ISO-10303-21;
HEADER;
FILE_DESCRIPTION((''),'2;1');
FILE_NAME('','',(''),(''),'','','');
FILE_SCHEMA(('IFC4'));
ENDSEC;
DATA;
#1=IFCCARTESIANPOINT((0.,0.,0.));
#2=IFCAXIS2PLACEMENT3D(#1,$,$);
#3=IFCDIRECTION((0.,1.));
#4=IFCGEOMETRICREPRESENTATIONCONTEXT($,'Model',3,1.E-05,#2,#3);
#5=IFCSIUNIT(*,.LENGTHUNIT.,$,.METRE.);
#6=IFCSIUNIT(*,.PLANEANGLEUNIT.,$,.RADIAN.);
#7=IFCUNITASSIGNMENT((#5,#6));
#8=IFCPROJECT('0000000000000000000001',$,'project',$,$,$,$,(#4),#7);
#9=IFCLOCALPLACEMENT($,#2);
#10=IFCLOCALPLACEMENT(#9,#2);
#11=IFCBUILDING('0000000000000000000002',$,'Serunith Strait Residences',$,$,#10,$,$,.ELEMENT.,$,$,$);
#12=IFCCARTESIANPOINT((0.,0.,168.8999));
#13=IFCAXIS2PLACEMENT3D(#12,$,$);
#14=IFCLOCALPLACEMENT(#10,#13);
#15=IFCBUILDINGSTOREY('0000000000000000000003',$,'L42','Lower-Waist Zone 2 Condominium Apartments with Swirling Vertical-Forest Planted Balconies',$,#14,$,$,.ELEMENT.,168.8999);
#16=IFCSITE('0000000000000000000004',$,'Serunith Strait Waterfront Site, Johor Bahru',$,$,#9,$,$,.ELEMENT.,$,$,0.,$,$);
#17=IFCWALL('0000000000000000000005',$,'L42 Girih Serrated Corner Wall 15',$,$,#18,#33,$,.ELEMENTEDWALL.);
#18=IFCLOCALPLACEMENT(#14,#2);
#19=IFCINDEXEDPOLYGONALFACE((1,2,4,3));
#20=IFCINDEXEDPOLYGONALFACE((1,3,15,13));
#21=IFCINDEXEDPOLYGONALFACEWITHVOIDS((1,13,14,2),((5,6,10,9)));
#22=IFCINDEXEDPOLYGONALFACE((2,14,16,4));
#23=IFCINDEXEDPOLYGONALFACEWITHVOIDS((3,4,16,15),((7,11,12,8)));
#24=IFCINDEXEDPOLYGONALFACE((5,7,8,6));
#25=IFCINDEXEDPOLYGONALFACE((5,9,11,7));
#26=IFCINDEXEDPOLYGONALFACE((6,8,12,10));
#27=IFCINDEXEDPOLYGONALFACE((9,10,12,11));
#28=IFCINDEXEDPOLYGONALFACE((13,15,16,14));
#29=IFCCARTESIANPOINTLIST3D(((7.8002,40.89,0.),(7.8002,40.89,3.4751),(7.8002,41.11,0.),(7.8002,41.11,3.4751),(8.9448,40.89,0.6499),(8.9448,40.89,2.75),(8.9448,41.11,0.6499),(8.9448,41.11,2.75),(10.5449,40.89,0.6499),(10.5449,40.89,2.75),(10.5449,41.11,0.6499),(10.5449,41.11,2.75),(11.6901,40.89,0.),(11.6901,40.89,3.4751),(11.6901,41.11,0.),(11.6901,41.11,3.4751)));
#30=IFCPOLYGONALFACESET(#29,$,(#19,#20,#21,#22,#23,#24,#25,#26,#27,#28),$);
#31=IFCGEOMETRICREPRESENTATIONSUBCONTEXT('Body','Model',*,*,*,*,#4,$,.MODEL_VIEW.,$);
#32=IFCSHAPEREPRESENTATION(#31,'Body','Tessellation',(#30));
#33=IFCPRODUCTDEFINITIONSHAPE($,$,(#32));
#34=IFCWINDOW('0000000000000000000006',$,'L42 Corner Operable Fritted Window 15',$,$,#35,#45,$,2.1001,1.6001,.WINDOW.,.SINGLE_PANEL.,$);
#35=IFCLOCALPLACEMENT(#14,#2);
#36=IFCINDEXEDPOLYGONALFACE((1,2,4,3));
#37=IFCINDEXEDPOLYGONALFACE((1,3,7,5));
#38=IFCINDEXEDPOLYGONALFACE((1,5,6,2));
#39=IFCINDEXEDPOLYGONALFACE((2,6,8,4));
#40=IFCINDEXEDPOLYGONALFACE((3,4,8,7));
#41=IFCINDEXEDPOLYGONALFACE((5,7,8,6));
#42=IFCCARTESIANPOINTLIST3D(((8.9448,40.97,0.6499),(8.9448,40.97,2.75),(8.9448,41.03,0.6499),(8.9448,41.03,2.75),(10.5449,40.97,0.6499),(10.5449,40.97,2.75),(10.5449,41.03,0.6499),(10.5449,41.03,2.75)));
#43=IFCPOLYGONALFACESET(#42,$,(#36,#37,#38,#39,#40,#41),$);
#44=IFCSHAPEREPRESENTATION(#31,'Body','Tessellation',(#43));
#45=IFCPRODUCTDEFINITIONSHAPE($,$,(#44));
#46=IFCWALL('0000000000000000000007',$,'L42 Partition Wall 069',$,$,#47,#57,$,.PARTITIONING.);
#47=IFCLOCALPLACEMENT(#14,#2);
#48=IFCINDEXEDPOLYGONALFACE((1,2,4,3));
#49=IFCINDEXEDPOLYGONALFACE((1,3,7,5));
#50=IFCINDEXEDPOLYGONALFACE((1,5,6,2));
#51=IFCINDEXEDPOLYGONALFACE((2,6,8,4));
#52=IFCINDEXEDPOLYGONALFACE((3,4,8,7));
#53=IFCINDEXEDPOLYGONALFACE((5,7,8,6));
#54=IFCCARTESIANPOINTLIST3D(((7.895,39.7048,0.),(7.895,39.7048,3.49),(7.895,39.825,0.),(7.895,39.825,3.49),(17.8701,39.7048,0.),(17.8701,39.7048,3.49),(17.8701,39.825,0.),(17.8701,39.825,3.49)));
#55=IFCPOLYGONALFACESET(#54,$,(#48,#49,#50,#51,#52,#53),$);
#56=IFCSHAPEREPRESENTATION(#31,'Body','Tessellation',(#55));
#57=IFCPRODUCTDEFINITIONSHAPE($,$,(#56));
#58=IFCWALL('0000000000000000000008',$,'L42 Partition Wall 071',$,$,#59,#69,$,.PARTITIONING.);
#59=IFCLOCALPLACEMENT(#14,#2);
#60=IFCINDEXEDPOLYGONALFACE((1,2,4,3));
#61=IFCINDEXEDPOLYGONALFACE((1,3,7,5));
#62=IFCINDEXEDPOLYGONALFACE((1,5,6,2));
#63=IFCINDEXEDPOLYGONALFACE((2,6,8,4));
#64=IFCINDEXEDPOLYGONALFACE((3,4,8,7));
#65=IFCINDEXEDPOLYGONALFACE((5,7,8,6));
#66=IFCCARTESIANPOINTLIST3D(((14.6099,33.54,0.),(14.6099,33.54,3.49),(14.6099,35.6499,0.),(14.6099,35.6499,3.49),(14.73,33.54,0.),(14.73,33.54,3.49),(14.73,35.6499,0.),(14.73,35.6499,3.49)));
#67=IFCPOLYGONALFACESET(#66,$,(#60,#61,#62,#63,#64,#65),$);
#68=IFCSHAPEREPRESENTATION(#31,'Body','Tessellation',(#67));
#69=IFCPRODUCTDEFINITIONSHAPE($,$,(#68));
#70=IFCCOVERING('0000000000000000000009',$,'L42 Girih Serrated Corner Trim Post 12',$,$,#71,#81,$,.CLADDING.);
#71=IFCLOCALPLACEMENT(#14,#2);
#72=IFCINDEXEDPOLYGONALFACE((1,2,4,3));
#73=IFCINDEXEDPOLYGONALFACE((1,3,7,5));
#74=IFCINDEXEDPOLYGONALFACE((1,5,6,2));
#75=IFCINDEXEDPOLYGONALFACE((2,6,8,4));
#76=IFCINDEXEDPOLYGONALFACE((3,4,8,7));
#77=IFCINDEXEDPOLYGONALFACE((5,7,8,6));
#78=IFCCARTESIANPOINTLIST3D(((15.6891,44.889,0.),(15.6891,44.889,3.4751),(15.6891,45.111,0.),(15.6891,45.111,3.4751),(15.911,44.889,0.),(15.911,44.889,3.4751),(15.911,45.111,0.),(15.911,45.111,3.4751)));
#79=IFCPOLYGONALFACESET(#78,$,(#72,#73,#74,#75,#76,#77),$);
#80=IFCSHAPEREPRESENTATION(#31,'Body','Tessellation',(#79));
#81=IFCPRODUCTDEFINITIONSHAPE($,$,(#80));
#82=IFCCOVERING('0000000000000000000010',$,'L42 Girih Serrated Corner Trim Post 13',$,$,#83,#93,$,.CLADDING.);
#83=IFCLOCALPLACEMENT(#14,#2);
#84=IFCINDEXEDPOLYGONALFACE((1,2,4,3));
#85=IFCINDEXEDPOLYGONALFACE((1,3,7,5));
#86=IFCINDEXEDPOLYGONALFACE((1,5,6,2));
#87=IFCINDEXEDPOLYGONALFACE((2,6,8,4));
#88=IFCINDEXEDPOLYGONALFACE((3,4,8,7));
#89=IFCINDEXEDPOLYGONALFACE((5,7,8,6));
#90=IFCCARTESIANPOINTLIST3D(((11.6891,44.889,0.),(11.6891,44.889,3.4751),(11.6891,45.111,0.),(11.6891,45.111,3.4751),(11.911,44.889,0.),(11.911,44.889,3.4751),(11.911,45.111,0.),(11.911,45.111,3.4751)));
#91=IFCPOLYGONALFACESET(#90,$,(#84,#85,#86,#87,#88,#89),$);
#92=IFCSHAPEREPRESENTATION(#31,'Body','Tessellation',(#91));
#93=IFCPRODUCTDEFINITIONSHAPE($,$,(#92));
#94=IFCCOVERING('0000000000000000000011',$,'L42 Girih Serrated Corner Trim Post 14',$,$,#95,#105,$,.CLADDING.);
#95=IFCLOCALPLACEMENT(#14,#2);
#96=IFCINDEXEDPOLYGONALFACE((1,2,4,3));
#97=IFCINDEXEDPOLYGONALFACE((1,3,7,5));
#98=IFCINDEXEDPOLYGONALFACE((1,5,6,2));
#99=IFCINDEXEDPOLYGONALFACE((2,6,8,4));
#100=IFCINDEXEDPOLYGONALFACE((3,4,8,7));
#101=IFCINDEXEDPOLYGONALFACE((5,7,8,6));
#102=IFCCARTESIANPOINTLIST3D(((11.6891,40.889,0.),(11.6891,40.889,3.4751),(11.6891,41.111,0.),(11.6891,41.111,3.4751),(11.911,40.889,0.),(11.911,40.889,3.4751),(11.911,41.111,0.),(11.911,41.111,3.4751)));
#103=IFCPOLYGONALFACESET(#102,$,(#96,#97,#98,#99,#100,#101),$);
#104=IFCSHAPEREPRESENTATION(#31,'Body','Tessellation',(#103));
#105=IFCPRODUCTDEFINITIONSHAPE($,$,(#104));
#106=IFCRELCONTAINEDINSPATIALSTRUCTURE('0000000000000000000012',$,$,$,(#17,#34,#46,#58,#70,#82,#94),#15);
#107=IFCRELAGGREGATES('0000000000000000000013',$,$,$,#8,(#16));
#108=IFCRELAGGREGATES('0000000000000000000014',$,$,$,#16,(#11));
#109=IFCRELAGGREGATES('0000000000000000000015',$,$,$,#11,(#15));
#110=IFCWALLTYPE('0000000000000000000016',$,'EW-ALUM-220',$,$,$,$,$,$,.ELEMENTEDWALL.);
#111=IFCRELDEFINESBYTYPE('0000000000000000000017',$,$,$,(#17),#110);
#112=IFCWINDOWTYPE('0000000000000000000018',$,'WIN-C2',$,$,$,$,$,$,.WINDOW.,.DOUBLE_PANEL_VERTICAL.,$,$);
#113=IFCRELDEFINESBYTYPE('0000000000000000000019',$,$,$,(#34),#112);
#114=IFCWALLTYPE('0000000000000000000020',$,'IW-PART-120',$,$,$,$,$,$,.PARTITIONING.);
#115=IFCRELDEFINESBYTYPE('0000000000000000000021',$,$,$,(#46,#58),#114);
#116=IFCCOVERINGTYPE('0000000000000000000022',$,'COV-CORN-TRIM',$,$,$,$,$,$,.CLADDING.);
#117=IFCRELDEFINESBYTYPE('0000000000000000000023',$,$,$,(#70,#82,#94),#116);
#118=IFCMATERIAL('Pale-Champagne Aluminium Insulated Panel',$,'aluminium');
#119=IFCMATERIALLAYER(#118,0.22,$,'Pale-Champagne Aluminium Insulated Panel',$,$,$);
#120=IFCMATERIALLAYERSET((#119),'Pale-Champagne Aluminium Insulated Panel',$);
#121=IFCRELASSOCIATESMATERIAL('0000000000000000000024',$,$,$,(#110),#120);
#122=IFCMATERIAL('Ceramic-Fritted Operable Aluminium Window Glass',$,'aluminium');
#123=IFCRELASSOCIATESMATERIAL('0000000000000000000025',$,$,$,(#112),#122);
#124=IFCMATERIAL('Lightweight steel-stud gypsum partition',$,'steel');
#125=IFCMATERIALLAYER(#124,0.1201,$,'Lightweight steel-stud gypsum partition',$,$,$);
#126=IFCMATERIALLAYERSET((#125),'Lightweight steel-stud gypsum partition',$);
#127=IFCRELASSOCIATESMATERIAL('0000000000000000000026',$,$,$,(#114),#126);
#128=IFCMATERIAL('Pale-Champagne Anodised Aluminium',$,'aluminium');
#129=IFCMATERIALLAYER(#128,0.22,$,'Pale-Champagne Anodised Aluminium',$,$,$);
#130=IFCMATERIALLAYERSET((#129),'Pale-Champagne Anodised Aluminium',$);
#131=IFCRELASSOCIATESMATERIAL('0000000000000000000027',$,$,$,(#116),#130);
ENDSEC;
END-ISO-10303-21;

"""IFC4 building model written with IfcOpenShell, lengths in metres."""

from ifc_helpers import new_model, si_unit, direction, frame, frame_2d, origin, origin_2d, place, context, subcontext, project, spatial, rectangle, extrude, source, transform, mapped, material, layer, layer_set, type_object, element, fill, save


model = new_model("IFC4")

# Units and contexts
model_context = context("Model", 3, precision=1e-05, world=origin(), true_north=direction((0.0, 1.0)))
body_context = subcontext(model_context, "Body", "Model", "MODEL_VIEW")
ifc_project = project(units=[si_unit("LENGTHUNIT", "METRE"), si_unit("PLANEANGLEUNIT", "RADIAN")], contexts=[model_context])

# Site, building, storey
site_placement = place(None, origin())
site = spatial("IfcSite", under=ifc_project, at=site_placement, Name="Serunith Strait Waterfront Site, Johor Bahru", CompositionType="ELEMENT", RefElevation=0.0)
building_placement = place(site_placement, origin())
building = spatial("IfcBuilding", under=site, at=building_placement, Name="Serunith Strait Residences", CompositionType="ELEMENT")
storey_placement = place(building_placement, frame((0.0, 0.0, 168.8999)))
storey = spatial("IfcBuildingStorey", under=building, at=storey_placement, Name="L42", Description="Lower-Waist Zone 2 Condominium Apartments with Swirling Vertical-Forest Planted Balconies", CompositionType="ELEMENT", Elevation=168.8999)

# Shared definitions
ifc_material_1 = material(Name="Pale-Champagne Anodised Aluminium", Category="aluminium")

# Wall, opening, window
ifc_material_2 = material(Name="Pale-Champagne Aluminium Insulated Panel", Category="aluminium")
ifc_layer_1 = layer(ifc_material_2, 0.22, Name="Pale-Champagne Aluminium Insulated Panel")
ifc_layer_set_1 = layer_set([ifc_layer_1], Name="Pale-Champagne Aluminium Insulated Panel")
wall_type_1 = type_object("IfcWallType", Name="EW-ALUM-220", PredefinedType="ELEMENTEDWALL", material=ifc_layer_set_1)
ifc_material_3 = material(Name="Ceramic-Fritted Operable Aluminium Window Glass", Category="aluminium")
window_type = type_object("IfcWindowType", Name="WIN-C2", PartitioningType="DOUBLE_PANEL_VERTICAL", PredefinedType="WINDOW", material=ifc_material_3)
shared_shape_1 = source(origin(), body_context, "Body", "SweptSolid", [
    extrude(rectangle(XDim=1.6001, YDim=2.1001, at=frame_2d((0.8, 1.05))), frame((0.0, 0.03, 0.0), z_axis=(0.0, -1.0, 0.0), x_axis=(1.0, 0.0, 0.0)), (0.0, 0.0, 1.0), 0.0601),
])
wall_1_placement = place(storey_placement, frame((11.6899, 41.0, 0.0), z_axis=(0.0, 0.0, 1.0), x_axis=(-1.0, 0.0, 0.0)))
wall_1 = element("IfcWall", 1, at=wall_1_placement, inside=storey, type_object=wall_type_1, Name="L42 Girih Serrated Corner Wall 15", PredefinedType="ELEMENTEDWALL", context=body_context, shape_type="SweptSolid", body=[
    extrude(rectangle(XDim=3.8899, YDim=0.22, at=frame_2d((1.9448, 0.0))), origin(), (0.0, 0.0, 1.0), 3.4751),
])
opening_1_placement = place(wall_1_placement, frame((1.145, 0.0, 0.6499)))
opening_1 = element("IfcOpeningElement", 2, at=opening_1_placement, cuts=wall_1, PredefinedType="OPENING", context=body_context, shape_type="SweptSolid", body=[
    extrude(rectangle(XDim=1.6001, YDim=2.1001, at=frame_2d((0.8, 1.05))), frame((0.0, 0.1201, 0.0), z_axis=(0.0, -1.0, 0.0), x_axis=(1.0, 0.0, 0.0)), (0.0, 0.0, 1.0), 0.24),
])
window_1_placement = place(opening_1_placement, origin())
window_1 = element("IfcWindow", 3, at=window_1_placement, inside=storey, type_object=window_type, Name="L42 Corner Operable Fritted Window 15", OverallHeight=2.1001, OverallWidth=1.6001, PartitioningType="SINGLE_PANEL", PredefinedType="WINDOW", context=body_context, shape_type="MappedRepresentation", body=[
    mapped(shared_shape_1, transform((0.0, 0.0, 0.0), scale=1.0)),
])
fill(opening_1, window_1)

# Walls
ifc_material_4 = material(Name="Lightweight steel-stud gypsum partition", Category="steel")
ifc_layer_2 = layer(ifc_material_4, 0.1201, Name="Lightweight steel-stud gypsum partition")
ifc_layer_set_2 = layer_set([ifc_layer_2], Name="Lightweight steel-stud gypsum partition")
wall_type_2 = type_object("IfcWallType", Name="IW-PART-120", PredefinedType="PARTITIONING", material=ifc_layer_set_2)
wall_2_placement = place(storey_placement, frame((7.895, 39.7649, 0.0), z_axis=(0.0, 0.0, 1.0), x_axis=(1.0, 0.0, 0.0)))
element("IfcWall", 4, at=wall_2_placement, inside=storey, type_object=wall_type_2, Name="L42 Partition Wall 069", PredefinedType="PARTITIONING", context=body_context, shape_type="SweptSolid", body=[
    extrude(rectangle(XDim=9.9751, YDim=0.1201, at=frame_2d((4.9875, 0.0))), origin(), (0.0, 0.0, 1.0), 3.49),
])
wall_3_placement = place(storey_placement, frame((14.6699, 35.6499, 0.0), z_axis=(0.0, 0.0, 1.0), x_axis=(0.0, -1.0, 0.0)))
element("IfcWall", 5, at=wall_3_placement, inside=storey, type_object=wall_type_2, Name="L42 Partition Wall 071", PredefinedType="PARTITIONING", context=body_context, shape_type="SweptSolid", body=[
    extrude(rectangle(XDim=2.1099, YDim=0.1201, at=frame_2d((1.0549, 0.0))), origin(), (0.0, 0.0, 1.0), 3.49),
])

# Coverings
ifc_layer_3 = layer(ifc_material_1, 0.22, Name="Pale-Champagne Anodised Aluminium")
ifc_layer_set_3 = layer_set([ifc_layer_3], Name="Pale-Champagne Anodised Aluminium")
covering_type = type_object("IfcCoveringType", Name="COV-CORN-TRIM", PredefinedType="CLADDING", material=ifc_layer_set_3)
shared_shape_2 = source(origin(), body_context, "Body", "SweptSolid", [
    extrude(rectangle(XDim=0.2219, YDim=0.2219, at=origin_2d()), origin(), (0.0, 0.0, 1.0), 3.4751),
])
for number, where, z_axis, x_axis, name in (
    (6, (15.8, 45.0, 0.0), (0.0, 0.0, 1.0), (1.0, 0.0, 0.0), "L42 Girih Serrated Corner Trim Post 12"),
    (7, (11.8, 45.0, 0.0), (0.0, 0.0, 1.0), (1.0, 0.0, 0.0), "L42 Girih Serrated Corner Trim Post 13"),
    (8, (11.8, 41.0, 0.0), (0.0, 0.0, 1.0), (1.0, 0.0, 0.0), "L42 Girih Serrated Corner Trim Post 14"),
):
    element("IfcCovering", number, at=place(storey_placement, frame(where, z_axis=z_axis, x_axis=x_axis)), inside=storey, type_object=covering_type, Name=name, PredefinedType="CLADDING", context=body_context, shape_type="MappedRepresentation", body=[
        mapped(shared_shape_2, transform((0.0, 0.0, 0.0), scale=1.0)),
    ])

save(model, "model.ifc")
